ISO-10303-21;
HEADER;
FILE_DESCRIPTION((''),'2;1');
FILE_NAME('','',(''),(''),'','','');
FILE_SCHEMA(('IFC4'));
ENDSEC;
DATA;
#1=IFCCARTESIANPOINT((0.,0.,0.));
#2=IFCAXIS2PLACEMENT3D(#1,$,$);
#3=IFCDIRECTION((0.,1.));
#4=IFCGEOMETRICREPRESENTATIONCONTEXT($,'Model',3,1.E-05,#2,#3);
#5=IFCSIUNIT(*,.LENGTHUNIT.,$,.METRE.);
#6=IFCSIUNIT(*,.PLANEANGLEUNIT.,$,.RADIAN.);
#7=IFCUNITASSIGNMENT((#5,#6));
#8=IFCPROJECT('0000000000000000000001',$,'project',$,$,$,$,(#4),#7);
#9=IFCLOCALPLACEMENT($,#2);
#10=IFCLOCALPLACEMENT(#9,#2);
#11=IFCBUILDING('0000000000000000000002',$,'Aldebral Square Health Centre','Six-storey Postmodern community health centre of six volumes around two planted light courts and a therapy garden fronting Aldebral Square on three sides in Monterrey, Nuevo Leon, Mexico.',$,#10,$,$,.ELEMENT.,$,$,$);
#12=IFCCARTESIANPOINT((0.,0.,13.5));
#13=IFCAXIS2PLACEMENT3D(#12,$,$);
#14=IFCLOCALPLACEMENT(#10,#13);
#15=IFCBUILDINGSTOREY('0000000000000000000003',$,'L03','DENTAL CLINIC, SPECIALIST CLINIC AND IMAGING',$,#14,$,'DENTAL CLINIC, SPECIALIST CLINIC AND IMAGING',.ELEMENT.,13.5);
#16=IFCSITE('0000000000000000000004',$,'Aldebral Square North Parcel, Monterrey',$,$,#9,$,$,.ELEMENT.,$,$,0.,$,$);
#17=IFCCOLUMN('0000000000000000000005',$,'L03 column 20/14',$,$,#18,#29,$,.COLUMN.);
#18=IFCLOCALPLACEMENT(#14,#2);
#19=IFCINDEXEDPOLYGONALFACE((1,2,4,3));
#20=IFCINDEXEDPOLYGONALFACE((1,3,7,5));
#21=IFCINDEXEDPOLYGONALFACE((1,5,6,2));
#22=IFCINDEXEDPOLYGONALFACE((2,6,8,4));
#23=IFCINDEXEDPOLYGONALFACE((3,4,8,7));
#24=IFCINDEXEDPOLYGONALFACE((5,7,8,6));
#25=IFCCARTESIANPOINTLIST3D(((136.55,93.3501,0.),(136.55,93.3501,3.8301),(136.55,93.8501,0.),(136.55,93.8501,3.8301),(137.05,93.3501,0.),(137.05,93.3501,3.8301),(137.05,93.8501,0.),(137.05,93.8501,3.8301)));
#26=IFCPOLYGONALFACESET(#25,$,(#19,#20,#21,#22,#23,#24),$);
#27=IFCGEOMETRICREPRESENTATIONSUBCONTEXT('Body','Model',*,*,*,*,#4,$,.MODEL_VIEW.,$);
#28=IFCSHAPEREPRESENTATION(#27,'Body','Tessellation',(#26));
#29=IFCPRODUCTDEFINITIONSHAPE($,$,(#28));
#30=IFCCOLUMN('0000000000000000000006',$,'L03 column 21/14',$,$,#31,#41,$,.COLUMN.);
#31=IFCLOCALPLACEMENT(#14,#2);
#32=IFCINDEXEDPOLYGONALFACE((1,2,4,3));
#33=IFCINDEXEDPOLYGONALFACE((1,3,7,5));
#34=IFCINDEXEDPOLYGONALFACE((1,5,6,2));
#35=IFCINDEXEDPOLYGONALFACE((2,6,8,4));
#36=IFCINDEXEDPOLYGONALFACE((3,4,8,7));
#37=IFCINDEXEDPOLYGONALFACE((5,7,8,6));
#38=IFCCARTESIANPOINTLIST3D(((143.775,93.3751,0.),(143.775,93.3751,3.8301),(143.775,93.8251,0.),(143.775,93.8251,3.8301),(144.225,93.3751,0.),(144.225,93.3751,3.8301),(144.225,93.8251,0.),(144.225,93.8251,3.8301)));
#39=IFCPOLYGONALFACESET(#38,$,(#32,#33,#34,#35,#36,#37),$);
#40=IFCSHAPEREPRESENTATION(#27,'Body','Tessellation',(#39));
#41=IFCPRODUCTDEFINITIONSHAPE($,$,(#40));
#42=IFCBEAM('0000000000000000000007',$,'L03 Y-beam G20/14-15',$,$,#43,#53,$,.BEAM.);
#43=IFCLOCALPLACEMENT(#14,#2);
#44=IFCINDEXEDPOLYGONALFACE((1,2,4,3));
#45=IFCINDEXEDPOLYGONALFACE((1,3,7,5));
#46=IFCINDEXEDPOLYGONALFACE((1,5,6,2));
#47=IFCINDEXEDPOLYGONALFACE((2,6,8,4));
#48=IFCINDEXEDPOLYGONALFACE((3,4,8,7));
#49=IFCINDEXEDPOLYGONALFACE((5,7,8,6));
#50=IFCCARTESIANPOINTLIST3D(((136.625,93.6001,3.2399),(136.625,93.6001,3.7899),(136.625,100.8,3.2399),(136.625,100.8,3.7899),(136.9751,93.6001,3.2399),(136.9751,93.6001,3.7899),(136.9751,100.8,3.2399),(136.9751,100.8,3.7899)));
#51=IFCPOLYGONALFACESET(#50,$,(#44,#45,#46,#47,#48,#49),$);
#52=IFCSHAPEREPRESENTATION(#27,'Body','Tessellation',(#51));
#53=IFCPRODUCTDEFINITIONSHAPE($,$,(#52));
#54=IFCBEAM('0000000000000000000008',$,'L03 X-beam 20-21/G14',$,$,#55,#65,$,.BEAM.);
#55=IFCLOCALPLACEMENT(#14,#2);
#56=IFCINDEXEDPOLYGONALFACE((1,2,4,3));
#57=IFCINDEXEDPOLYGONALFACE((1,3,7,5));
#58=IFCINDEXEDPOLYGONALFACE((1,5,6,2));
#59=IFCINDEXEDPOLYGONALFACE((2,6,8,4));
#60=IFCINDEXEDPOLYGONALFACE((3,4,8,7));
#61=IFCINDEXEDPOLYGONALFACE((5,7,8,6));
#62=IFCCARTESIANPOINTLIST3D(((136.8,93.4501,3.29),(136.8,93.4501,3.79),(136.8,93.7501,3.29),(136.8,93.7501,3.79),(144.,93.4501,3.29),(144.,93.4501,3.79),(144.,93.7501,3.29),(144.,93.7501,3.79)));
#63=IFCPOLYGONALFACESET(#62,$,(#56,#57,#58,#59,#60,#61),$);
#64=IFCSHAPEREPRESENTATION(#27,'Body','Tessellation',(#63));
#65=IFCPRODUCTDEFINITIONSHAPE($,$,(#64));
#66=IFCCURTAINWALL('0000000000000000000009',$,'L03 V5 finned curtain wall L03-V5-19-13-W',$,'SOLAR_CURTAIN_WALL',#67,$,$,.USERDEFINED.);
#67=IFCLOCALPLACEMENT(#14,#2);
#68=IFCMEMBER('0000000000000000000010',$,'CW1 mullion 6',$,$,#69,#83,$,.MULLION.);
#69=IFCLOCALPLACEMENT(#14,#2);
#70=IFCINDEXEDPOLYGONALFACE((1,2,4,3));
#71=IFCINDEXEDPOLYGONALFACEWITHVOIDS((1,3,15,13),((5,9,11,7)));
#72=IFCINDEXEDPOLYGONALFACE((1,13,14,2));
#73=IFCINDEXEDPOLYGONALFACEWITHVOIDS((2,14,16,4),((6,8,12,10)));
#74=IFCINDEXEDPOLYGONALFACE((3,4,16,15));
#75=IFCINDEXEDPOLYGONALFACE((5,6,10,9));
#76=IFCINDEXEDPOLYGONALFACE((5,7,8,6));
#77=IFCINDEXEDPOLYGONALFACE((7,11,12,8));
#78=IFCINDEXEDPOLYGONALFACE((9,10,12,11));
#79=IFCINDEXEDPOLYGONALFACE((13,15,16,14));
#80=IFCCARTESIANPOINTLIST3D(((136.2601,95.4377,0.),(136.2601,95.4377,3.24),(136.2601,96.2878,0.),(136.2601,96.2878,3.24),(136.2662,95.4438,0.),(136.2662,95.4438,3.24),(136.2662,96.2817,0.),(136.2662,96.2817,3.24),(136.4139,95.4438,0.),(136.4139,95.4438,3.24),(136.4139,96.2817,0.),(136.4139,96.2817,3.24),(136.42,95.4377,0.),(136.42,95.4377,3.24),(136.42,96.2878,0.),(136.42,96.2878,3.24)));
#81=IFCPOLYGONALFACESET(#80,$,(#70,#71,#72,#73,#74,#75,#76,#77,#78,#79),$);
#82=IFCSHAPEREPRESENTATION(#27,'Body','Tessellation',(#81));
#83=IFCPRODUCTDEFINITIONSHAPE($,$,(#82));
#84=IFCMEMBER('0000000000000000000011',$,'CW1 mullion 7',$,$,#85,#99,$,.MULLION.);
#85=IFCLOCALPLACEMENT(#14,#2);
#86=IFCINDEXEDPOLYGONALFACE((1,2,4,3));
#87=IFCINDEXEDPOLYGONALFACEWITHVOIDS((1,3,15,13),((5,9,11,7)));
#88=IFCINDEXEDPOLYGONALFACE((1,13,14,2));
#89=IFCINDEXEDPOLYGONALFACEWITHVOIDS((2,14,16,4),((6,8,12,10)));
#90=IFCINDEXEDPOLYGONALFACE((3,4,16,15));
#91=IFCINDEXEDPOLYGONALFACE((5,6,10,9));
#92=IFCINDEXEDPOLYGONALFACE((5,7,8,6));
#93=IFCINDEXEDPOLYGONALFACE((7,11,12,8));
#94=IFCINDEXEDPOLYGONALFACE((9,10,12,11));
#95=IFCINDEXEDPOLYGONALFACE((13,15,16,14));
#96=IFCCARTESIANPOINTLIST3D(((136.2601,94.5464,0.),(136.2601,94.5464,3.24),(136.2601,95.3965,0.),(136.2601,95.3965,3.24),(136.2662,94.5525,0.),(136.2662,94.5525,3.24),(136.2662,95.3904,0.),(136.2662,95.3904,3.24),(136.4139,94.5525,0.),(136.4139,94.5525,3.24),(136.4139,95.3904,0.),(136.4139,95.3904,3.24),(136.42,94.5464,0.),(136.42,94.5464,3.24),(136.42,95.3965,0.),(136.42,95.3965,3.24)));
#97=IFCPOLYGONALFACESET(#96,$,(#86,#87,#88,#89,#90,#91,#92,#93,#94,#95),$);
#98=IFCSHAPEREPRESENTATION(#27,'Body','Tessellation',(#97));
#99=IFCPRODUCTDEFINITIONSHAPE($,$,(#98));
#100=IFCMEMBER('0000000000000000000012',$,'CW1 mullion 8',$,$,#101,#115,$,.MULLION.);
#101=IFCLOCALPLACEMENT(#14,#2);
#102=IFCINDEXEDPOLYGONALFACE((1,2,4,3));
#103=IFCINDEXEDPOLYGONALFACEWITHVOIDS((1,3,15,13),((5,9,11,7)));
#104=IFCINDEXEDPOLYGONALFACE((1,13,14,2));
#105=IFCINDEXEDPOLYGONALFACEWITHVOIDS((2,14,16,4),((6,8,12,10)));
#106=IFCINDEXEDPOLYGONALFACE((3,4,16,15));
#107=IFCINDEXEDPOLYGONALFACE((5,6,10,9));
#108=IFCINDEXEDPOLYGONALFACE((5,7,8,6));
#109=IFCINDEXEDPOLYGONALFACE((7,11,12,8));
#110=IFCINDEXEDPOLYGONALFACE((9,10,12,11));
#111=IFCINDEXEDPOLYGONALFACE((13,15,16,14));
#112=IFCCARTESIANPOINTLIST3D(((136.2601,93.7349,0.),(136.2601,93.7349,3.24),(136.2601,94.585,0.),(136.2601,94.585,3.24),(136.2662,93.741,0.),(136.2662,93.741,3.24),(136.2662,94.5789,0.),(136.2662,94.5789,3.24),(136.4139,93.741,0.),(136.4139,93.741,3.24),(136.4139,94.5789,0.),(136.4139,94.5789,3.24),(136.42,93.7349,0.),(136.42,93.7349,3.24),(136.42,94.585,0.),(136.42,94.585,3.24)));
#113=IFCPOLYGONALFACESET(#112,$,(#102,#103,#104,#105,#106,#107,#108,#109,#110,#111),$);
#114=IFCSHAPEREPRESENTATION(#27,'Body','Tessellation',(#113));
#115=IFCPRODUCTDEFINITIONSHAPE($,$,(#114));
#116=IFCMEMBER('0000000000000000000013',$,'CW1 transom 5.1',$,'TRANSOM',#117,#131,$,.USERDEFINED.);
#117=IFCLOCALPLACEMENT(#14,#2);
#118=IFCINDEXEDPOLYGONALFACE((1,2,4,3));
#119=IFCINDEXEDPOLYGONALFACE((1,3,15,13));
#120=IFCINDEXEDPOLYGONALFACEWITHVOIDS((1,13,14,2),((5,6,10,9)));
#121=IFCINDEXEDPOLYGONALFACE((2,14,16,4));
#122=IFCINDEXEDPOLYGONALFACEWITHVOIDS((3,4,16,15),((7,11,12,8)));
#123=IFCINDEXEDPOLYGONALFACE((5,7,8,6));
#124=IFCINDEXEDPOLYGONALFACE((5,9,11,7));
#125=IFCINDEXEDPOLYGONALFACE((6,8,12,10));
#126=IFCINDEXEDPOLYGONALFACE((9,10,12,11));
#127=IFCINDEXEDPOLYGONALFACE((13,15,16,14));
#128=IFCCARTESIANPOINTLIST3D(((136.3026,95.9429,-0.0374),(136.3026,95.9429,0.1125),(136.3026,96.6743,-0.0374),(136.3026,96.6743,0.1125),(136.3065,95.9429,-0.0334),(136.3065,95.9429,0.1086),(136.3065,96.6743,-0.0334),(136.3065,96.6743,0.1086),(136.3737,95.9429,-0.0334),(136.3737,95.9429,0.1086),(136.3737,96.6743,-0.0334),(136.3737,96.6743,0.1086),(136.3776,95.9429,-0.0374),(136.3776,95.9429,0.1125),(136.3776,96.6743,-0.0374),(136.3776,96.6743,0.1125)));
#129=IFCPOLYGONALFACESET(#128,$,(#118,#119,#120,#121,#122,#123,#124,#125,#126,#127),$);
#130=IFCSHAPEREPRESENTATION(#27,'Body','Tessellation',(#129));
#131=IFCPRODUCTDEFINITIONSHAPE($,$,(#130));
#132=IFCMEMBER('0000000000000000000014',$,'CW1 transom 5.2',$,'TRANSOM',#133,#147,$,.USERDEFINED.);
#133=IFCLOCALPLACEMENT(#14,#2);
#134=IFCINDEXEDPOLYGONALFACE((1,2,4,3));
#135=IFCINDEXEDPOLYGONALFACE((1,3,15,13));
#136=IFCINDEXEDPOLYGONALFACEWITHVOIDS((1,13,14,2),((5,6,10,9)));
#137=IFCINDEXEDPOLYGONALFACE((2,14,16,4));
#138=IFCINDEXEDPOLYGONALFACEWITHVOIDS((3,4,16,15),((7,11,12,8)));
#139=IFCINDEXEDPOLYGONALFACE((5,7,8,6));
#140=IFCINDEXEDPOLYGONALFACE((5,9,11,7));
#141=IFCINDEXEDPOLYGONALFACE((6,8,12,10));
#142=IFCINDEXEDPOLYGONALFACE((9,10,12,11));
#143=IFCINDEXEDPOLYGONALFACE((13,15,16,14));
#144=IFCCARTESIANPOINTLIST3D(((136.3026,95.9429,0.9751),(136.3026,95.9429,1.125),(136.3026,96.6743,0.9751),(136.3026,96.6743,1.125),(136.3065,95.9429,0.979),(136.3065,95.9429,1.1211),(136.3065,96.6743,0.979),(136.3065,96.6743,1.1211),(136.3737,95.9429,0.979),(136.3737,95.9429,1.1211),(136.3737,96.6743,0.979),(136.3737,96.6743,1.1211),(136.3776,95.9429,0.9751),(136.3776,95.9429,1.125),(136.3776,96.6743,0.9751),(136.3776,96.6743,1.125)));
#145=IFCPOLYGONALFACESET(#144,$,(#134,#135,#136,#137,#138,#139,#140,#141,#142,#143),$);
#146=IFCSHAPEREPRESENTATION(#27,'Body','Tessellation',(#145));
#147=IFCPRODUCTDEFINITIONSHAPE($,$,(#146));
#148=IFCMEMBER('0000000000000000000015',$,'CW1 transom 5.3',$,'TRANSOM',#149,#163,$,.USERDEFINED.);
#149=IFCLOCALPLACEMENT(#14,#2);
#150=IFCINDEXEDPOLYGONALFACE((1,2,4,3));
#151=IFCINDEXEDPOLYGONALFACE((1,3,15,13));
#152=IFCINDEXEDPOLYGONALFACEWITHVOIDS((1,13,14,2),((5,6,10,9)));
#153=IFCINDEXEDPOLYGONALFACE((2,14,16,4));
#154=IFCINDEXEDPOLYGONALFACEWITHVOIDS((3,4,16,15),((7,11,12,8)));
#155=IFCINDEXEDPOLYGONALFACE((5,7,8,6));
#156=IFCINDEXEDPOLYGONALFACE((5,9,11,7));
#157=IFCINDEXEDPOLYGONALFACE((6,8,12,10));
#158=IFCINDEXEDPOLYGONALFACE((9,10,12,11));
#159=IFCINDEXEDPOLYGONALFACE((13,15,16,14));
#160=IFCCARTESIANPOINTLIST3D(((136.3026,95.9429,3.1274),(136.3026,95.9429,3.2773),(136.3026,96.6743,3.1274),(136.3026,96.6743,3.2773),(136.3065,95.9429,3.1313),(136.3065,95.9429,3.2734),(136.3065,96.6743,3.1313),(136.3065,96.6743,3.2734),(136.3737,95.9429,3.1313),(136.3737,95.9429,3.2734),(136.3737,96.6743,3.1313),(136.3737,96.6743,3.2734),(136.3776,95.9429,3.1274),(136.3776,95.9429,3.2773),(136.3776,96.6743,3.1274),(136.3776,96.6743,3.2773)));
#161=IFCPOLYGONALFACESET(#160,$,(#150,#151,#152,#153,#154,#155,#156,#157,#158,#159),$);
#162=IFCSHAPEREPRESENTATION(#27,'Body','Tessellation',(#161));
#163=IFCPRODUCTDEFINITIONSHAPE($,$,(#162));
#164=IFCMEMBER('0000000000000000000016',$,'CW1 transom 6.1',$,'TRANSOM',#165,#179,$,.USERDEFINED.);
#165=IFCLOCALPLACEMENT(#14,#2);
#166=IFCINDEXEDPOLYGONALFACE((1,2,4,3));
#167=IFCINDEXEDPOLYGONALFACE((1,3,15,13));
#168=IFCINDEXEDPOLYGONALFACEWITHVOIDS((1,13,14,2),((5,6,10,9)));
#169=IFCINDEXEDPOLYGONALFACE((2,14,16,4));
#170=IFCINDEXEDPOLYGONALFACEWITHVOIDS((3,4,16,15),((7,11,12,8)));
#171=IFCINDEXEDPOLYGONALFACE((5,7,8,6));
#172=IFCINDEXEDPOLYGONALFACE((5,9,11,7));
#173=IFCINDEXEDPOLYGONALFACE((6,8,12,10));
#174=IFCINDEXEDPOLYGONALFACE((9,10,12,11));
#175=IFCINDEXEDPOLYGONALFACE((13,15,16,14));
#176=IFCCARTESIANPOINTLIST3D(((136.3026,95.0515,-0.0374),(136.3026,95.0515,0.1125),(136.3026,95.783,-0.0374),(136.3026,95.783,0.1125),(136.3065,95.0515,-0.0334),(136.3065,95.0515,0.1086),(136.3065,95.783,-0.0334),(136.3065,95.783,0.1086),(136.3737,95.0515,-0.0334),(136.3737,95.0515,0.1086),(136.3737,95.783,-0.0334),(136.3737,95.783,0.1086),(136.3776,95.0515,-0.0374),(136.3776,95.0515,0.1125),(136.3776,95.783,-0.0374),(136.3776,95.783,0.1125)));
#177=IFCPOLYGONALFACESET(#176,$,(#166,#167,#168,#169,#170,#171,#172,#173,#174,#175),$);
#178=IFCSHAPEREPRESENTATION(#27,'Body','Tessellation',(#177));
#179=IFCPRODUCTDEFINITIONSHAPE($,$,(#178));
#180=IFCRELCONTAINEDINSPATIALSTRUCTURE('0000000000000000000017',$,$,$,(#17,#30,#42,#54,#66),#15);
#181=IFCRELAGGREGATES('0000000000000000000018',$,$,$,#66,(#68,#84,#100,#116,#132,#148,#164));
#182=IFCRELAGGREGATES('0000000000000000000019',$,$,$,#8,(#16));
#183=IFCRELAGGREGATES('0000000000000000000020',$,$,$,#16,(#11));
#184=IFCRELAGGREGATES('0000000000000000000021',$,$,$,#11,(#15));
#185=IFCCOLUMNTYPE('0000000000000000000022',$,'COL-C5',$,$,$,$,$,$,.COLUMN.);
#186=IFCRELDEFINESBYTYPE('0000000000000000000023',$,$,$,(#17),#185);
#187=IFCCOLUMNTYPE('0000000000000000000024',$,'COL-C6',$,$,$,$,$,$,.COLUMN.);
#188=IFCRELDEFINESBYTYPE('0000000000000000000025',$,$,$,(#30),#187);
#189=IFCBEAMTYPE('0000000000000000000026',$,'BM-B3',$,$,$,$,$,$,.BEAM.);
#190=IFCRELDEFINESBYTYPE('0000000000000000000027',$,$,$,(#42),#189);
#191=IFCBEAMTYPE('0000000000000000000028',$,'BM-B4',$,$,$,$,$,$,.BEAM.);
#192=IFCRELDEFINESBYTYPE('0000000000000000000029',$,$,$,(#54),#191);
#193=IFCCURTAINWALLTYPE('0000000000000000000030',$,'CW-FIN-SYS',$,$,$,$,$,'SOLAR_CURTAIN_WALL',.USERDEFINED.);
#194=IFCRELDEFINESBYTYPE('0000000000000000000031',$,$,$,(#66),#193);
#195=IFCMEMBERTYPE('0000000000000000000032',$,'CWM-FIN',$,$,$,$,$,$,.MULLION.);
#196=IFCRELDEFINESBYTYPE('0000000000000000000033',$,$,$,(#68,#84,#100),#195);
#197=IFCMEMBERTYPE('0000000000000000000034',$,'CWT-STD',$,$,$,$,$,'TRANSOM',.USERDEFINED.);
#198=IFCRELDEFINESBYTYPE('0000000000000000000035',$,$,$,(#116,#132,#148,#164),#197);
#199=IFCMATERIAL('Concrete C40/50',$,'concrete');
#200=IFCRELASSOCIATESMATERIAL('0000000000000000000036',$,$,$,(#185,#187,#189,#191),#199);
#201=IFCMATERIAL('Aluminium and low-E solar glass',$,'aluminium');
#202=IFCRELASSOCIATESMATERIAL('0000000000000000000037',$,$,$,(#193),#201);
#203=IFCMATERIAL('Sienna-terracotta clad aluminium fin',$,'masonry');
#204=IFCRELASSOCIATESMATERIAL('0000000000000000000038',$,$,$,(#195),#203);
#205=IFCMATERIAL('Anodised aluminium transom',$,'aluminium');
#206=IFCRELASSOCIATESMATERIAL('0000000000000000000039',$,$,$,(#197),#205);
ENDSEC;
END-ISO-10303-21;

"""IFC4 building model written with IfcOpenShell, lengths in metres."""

from ifc_helpers import new_model, si_unit, direction, frame, origin, origin_2d, place, context, subcontext, project, spatial, rectangle, hollow_rectangle, extrude, material, material_profile, profile_set, type_object, element, aggregate, save


model = new_model("IFC4")

# Units and contexts
model_context = context("Model", 3, precision=1e-05, world=origin(), true_north=direction((0.0, 1.0)))
body_context = subcontext(model_context, "Body", "Model", "MODEL_VIEW")
ifc_project = project(units=[si_unit("LENGTHUNIT", "METRE"), si_unit("PLANEANGLEUNIT", "RADIAN")], contexts=[model_context])

# Site, building, storey
site_placement = place(None, origin())
site = spatial("IfcSite", under=ifc_project, at=site_placement, Name="Aldebral Square North Parcel, Monterrey", CompositionType="ELEMENT", RefElevation=0.0)
building_placement = place(site_placement, origin())
building = spatial("IfcBuilding", under=site, at=building_placement, Name="Aldebral Square Health Centre", Description="Six-storey Postmodern community health centre of six volumes around two planted light courts and a therapy garden fronting Aldebral Square on three sides in Monterrey, Nuevo Leon, Mexico.", CompositionType="ELEMENT")
storey_placement = place(building_placement, frame((0.0, 0.0, 13.5)))
storey = spatial("IfcBuildingStorey", under=building, at=storey_placement, Name="L03", Description="DENTAL CLINIC, SPECIALIST CLINIC AND IMAGING", LongName="DENTAL CLINIC, SPECIALIST CLINIC AND IMAGING", CompositionType="ELEMENT", Elevation=13.5)

# Columns
ifc_material_1 = material(Name="Concrete C40/50", Category="concrete")
ifc_material_profile_1 = material_profile(ifc_material_1, rectangle(XDim=0.5, YDim=0.5, at=origin_2d()), Name="RC 500x500")
ifc_profile_set_1 = profile_set([ifc_material_profile_1], Name="Concrete C40/50")
column_type_1 = type_object("IfcColumnType", Name="COL-C5", PredefinedType="COLUMN", material=ifc_profile_set_1)
column_1_placement = place(storey_placement, frame((136.8, 93.6001, 0.0), z_axis=(0.0, 0.0, 1.0), x_axis=(1.0, 0.0, 0.0)))
element("IfcColumn", 1, at=column_1_placement, inside=storey, type_object=column_type_1, Name="L03 column 20/14", PredefinedType="COLUMN", context=body_context, shape_type="SweptSolid", body=[
    extrude(rectangle(XDim=0.5, YDim=0.5, at=origin_2d()), origin(), (0.0, 0.0, 1.0), 3.8301),
])
ifc_material_profile_2 = material_profile(ifc_material_1, rectangle(XDim=0.45, YDim=0.45, at=origin_2d()), Name="RC 450x450")
ifc_profile_set_2 = profile_set([ifc_material_profile_2], Name="Concrete C40/50")
column_type_2 = type_object("IfcColumnType", Name="COL-C6", PredefinedType="COLUMN", material=ifc_profile_set_2)
column_2_placement = place(storey_placement, frame((144.0, 93.6001, 0.0), z_axis=(0.0, 0.0, 1.0), x_axis=(1.0, 0.0, 0.0)))
element("IfcColumn", 2, at=column_2_placement, inside=storey, type_object=column_type_2, Name="L03 column 21/14", PredefinedType="COLUMN", context=body_context, shape_type="SweptSolid", body=[
    extrude(rectangle(XDim=0.45, YDim=0.45, at=origin_2d()), origin(), (0.0, 0.0, 1.0), 3.8301),
])

# Beams
ifc_material_profile_3 = material_profile(ifc_material_1, rectangle(XDim=0.3501, YDim=0.55, at=origin_2d()), Name="RC 350x550")
ifc_profile_set_3 = profile_set([ifc_material_profile_3], Name="Concrete C40/50")
beam_type_1 = type_object("IfcBeamType", Name="BM-B3", PredefinedType="BEAM", material=ifc_profile_set_3)
beam_1_placement = place(storey_placement, frame((136.8, 93.6001, 3.5149), z_axis=(0.0, 1.0, 0.0), x_axis=(-1.0, 0.0, 0.0)))
element("IfcBeam", 3, at=beam_1_placement, inside=storey, type_object=beam_type_1, Name="L03 Y-beam G20/14-15", PredefinedType="BEAM", context=body_context, shape_type="SweptSolid", body=[
    extrude(rectangle(XDim=0.3501, YDim=0.55, at=origin_2d()), origin(), (0.0, 0.0, 1.0), 7.2),
])
ifc_material_profile_4 = material_profile(ifc_material_1, rectangle(XDim=0.3, YDim=0.5, at=origin_2d()), Name="RC 300x500")
ifc_profile_set_4 = profile_set([ifc_material_profile_4], Name="Concrete C40/50")
beam_type_2 = type_object("IfcBeamType", Name="BM-B4", PredefinedType="BEAM", material=ifc_profile_set_4)
beam_2_placement = place(storey_placement, frame((136.8, 93.6001, 3.54), z_axis=(1.0, 0.0, 0.0), x_axis=(0.0, 1.0, 0.0)))
element("IfcBeam", 4, at=beam_2_placement, inside=storey, type_object=beam_type_2, Name="L03 X-beam 20-21/G14", PredefinedType="BEAM", context=body_context, shape_type="SweptSolid", body=[
    extrude(rectangle(XDim=0.3, YDim=0.5, at=origin_2d()), origin(), (0.0, 0.0, 1.0), 7.2),
])

# Curtain wall, members
ifc_material_2 = material(Name="Aluminium and low-E solar glass", Category="aluminium")
curtain_wall_type = type_object("IfcCurtainWallType", Name="CW-FIN-SYS", ElementType="SOLAR_CURTAIN_WALL", PredefinedType="USERDEFINED", material=ifc_material_2)
curtain_wall_placement = place(storey_placement, origin())
curtain_wall = element("IfcCurtainWall", 5, at=curtain_wall_placement, inside=storey, type_object=curtain_wall_type, Name="L03 V5 finned curtain wall L03-V5-19-13-W", ObjectType="SOLAR_CURTAIN_WALL", PredefinedType="USERDEFINED")
ifc_material_3 = material(Name="Sienna-terracotta clad aluminium fin", Category="masonry")
ifc_material_profile_5 = material_profile(ifc_material_3, hollow_rectangle(XDim=0.1599, YDim=0.8501, WallThickness=0.0061, at=origin_2d()), Name="FIN 160x850x6")
ifc_profile_set_5 = profile_set([ifc_material_profile_5], Name="Sienna-terracotta clad aluminium fin")
member_type_1 = type_object("IfcMemberType", Name="CWM-FIN", PredefinedType="MULLION", material=ifc_profile_set_5)
member_1_placement = place(storey_placement, frame((136.3401, 95.8628, 0.0), z_axis=(0.0, 0.0, 1.0), x_axis=(1.0, 0.0, 0.0)))
member_1 = element("IfcMember", 6, at=member_1_placement, type_object=member_type_1, Name="CW1 mullion 6", PredefinedType="MULLION", context=body_context, shape_type="SweptSolid", body=[
    extrude(hollow_rectangle(XDim=0.1599, YDim=0.8501, WallThickness=0.0061, at=origin_2d()), origin(), (0.0, 0.0, 1.0), 3.24),
])
member_2_placement = place(storey_placement, frame((136.3401, 94.9714, 0.0), z_axis=(0.0, 0.0, 1.0), x_axis=(1.0, 0.0, 0.0)))
member_2 = element("IfcMember", 7, at=member_2_placement, type_object=member_type_1, Name="CW1 mullion 7", PredefinedType="MULLION", context=body_context, shape_type="SweptSolid", body=[
    extrude(hollow_rectangle(XDim=0.1599, YDim=0.8501, WallThickness=0.0061, at=origin_2d()), origin(), (0.0, 0.0, 1.0), 3.24),
])
member_3_placement = place(storey_placement, frame((136.3401, 94.1599, 0.0), z_axis=(0.0, 0.0, 1.0), x_axis=(1.0, 0.0, 0.0)))
member_3 = element("IfcMember", 8, at=member_3_placement, type_object=member_type_1, Name="CW1 mullion 8", PredefinedType="MULLION", context=body_context, shape_type="SweptSolid", body=[
    extrude(hollow_rectangle(XDim=0.1599, YDim=0.8501, WallThickness=0.0061, at=origin_2d()), origin(), (0.0, 0.0, 1.0), 3.24),
])
ifc_material_4 = material(Name="Anodised aluminium transom", Category="aluminium")
ifc_material_profile_6 = material_profile(ifc_material_4, hollow_rectangle(XDim=0.075, YDim=0.1499, WallThickness=0.0039, at=origin_2d()), Name="CWT 75x150x4")
ifc_profile_set_6 = profile_set([ifc_material_profile_6], Name="Anodised aluminium transom")
member_type_2 = type_object("IfcMemberType", Name="CWT-STD", ElementType="TRANSOM", PredefinedType="USERDEFINED", material=ifc_profile_set_6)
member_4_placement = place(storey_placement, frame((136.3401, 96.6743, 0.0376), z_axis=(0.0, -1.0, 0.0), x_axis=(1.0, 0.0, 0.0)))
member_4 = element("IfcMember", 9, at=member_4_placement, type_object=member_type_2, Name="CW1 transom 5.1", ObjectType="TRANSOM", PredefinedType="USERDEFINED", context=body_context, shape_type="SweptSolid", body=[
    extrude(hollow_rectangle(XDim=0.075, YDim=0.1499, WallThickness=0.0039, at=origin_2d()), origin(), (0.0, 0.0, 1.0), 0.7314),
])
member_5_placement = place(storey_placement, frame((136.3401, 96.6743, 1.05), z_axis=(0.0, -1.0, 0.0), x_axis=(1.0, 0.0, 0.0)))
member_5 = element("IfcMember", 10, at=member_5_placement, type_object=member_type_2, Name="CW1 transom 5.2", ObjectType="TRANSOM", PredefinedType="USERDEFINED", context=body_context, shape_type="SweptSolid", body=[
    extrude(hollow_rectangle(XDim=0.075, YDim=0.1499, WallThickness=0.0039, at=origin_2d()), origin(), (0.0, 0.0, 1.0), 0.7314),
])
member_6_placement = place(storey_placement, frame((136.3401, 96.6743, 3.2024), z_axis=(0.0, -1.0, 0.0), x_axis=(1.0, 0.0, 0.0)))
member_6 = element("IfcMember", 11, at=member_6_placement, type_object=member_type_2, Name="CW1 transom 5.3", ObjectType="TRANSOM", PredefinedType="USERDEFINED", context=body_context, shape_type="SweptSolid", body=[
    extrude(hollow_rectangle(XDim=0.075, YDim=0.1499, WallThickness=0.0039, at=origin_2d()), origin(), (0.0, 0.0, 1.0), 0.7314),
])
member_7_placement = place(storey_placement, frame((136.3401, 95.783, 0.0376), z_axis=(0.0, -1.0, 0.0), x_axis=(1.0, 0.0, 0.0)))
member_7 = element("IfcMember", 12, at=member_7_placement, type_object=member_type_2, Name="CW1 transom 6.1", ObjectType="TRANSOM", PredefinedType="USERDEFINED", context=body_context, shape_type="SweptSolid", body=[
    extrude(hollow_rectangle(XDim=0.075, YDim=0.1499, WallThickness=0.0039, at=origin_2d()), origin(), (0.0, 0.0, 1.0), 0.7314),
])
aggregate(curtain_wall, [member_1, member_2, member_3, member_4, member_5, member_6, member_7])

save(model, "model.ifc")
